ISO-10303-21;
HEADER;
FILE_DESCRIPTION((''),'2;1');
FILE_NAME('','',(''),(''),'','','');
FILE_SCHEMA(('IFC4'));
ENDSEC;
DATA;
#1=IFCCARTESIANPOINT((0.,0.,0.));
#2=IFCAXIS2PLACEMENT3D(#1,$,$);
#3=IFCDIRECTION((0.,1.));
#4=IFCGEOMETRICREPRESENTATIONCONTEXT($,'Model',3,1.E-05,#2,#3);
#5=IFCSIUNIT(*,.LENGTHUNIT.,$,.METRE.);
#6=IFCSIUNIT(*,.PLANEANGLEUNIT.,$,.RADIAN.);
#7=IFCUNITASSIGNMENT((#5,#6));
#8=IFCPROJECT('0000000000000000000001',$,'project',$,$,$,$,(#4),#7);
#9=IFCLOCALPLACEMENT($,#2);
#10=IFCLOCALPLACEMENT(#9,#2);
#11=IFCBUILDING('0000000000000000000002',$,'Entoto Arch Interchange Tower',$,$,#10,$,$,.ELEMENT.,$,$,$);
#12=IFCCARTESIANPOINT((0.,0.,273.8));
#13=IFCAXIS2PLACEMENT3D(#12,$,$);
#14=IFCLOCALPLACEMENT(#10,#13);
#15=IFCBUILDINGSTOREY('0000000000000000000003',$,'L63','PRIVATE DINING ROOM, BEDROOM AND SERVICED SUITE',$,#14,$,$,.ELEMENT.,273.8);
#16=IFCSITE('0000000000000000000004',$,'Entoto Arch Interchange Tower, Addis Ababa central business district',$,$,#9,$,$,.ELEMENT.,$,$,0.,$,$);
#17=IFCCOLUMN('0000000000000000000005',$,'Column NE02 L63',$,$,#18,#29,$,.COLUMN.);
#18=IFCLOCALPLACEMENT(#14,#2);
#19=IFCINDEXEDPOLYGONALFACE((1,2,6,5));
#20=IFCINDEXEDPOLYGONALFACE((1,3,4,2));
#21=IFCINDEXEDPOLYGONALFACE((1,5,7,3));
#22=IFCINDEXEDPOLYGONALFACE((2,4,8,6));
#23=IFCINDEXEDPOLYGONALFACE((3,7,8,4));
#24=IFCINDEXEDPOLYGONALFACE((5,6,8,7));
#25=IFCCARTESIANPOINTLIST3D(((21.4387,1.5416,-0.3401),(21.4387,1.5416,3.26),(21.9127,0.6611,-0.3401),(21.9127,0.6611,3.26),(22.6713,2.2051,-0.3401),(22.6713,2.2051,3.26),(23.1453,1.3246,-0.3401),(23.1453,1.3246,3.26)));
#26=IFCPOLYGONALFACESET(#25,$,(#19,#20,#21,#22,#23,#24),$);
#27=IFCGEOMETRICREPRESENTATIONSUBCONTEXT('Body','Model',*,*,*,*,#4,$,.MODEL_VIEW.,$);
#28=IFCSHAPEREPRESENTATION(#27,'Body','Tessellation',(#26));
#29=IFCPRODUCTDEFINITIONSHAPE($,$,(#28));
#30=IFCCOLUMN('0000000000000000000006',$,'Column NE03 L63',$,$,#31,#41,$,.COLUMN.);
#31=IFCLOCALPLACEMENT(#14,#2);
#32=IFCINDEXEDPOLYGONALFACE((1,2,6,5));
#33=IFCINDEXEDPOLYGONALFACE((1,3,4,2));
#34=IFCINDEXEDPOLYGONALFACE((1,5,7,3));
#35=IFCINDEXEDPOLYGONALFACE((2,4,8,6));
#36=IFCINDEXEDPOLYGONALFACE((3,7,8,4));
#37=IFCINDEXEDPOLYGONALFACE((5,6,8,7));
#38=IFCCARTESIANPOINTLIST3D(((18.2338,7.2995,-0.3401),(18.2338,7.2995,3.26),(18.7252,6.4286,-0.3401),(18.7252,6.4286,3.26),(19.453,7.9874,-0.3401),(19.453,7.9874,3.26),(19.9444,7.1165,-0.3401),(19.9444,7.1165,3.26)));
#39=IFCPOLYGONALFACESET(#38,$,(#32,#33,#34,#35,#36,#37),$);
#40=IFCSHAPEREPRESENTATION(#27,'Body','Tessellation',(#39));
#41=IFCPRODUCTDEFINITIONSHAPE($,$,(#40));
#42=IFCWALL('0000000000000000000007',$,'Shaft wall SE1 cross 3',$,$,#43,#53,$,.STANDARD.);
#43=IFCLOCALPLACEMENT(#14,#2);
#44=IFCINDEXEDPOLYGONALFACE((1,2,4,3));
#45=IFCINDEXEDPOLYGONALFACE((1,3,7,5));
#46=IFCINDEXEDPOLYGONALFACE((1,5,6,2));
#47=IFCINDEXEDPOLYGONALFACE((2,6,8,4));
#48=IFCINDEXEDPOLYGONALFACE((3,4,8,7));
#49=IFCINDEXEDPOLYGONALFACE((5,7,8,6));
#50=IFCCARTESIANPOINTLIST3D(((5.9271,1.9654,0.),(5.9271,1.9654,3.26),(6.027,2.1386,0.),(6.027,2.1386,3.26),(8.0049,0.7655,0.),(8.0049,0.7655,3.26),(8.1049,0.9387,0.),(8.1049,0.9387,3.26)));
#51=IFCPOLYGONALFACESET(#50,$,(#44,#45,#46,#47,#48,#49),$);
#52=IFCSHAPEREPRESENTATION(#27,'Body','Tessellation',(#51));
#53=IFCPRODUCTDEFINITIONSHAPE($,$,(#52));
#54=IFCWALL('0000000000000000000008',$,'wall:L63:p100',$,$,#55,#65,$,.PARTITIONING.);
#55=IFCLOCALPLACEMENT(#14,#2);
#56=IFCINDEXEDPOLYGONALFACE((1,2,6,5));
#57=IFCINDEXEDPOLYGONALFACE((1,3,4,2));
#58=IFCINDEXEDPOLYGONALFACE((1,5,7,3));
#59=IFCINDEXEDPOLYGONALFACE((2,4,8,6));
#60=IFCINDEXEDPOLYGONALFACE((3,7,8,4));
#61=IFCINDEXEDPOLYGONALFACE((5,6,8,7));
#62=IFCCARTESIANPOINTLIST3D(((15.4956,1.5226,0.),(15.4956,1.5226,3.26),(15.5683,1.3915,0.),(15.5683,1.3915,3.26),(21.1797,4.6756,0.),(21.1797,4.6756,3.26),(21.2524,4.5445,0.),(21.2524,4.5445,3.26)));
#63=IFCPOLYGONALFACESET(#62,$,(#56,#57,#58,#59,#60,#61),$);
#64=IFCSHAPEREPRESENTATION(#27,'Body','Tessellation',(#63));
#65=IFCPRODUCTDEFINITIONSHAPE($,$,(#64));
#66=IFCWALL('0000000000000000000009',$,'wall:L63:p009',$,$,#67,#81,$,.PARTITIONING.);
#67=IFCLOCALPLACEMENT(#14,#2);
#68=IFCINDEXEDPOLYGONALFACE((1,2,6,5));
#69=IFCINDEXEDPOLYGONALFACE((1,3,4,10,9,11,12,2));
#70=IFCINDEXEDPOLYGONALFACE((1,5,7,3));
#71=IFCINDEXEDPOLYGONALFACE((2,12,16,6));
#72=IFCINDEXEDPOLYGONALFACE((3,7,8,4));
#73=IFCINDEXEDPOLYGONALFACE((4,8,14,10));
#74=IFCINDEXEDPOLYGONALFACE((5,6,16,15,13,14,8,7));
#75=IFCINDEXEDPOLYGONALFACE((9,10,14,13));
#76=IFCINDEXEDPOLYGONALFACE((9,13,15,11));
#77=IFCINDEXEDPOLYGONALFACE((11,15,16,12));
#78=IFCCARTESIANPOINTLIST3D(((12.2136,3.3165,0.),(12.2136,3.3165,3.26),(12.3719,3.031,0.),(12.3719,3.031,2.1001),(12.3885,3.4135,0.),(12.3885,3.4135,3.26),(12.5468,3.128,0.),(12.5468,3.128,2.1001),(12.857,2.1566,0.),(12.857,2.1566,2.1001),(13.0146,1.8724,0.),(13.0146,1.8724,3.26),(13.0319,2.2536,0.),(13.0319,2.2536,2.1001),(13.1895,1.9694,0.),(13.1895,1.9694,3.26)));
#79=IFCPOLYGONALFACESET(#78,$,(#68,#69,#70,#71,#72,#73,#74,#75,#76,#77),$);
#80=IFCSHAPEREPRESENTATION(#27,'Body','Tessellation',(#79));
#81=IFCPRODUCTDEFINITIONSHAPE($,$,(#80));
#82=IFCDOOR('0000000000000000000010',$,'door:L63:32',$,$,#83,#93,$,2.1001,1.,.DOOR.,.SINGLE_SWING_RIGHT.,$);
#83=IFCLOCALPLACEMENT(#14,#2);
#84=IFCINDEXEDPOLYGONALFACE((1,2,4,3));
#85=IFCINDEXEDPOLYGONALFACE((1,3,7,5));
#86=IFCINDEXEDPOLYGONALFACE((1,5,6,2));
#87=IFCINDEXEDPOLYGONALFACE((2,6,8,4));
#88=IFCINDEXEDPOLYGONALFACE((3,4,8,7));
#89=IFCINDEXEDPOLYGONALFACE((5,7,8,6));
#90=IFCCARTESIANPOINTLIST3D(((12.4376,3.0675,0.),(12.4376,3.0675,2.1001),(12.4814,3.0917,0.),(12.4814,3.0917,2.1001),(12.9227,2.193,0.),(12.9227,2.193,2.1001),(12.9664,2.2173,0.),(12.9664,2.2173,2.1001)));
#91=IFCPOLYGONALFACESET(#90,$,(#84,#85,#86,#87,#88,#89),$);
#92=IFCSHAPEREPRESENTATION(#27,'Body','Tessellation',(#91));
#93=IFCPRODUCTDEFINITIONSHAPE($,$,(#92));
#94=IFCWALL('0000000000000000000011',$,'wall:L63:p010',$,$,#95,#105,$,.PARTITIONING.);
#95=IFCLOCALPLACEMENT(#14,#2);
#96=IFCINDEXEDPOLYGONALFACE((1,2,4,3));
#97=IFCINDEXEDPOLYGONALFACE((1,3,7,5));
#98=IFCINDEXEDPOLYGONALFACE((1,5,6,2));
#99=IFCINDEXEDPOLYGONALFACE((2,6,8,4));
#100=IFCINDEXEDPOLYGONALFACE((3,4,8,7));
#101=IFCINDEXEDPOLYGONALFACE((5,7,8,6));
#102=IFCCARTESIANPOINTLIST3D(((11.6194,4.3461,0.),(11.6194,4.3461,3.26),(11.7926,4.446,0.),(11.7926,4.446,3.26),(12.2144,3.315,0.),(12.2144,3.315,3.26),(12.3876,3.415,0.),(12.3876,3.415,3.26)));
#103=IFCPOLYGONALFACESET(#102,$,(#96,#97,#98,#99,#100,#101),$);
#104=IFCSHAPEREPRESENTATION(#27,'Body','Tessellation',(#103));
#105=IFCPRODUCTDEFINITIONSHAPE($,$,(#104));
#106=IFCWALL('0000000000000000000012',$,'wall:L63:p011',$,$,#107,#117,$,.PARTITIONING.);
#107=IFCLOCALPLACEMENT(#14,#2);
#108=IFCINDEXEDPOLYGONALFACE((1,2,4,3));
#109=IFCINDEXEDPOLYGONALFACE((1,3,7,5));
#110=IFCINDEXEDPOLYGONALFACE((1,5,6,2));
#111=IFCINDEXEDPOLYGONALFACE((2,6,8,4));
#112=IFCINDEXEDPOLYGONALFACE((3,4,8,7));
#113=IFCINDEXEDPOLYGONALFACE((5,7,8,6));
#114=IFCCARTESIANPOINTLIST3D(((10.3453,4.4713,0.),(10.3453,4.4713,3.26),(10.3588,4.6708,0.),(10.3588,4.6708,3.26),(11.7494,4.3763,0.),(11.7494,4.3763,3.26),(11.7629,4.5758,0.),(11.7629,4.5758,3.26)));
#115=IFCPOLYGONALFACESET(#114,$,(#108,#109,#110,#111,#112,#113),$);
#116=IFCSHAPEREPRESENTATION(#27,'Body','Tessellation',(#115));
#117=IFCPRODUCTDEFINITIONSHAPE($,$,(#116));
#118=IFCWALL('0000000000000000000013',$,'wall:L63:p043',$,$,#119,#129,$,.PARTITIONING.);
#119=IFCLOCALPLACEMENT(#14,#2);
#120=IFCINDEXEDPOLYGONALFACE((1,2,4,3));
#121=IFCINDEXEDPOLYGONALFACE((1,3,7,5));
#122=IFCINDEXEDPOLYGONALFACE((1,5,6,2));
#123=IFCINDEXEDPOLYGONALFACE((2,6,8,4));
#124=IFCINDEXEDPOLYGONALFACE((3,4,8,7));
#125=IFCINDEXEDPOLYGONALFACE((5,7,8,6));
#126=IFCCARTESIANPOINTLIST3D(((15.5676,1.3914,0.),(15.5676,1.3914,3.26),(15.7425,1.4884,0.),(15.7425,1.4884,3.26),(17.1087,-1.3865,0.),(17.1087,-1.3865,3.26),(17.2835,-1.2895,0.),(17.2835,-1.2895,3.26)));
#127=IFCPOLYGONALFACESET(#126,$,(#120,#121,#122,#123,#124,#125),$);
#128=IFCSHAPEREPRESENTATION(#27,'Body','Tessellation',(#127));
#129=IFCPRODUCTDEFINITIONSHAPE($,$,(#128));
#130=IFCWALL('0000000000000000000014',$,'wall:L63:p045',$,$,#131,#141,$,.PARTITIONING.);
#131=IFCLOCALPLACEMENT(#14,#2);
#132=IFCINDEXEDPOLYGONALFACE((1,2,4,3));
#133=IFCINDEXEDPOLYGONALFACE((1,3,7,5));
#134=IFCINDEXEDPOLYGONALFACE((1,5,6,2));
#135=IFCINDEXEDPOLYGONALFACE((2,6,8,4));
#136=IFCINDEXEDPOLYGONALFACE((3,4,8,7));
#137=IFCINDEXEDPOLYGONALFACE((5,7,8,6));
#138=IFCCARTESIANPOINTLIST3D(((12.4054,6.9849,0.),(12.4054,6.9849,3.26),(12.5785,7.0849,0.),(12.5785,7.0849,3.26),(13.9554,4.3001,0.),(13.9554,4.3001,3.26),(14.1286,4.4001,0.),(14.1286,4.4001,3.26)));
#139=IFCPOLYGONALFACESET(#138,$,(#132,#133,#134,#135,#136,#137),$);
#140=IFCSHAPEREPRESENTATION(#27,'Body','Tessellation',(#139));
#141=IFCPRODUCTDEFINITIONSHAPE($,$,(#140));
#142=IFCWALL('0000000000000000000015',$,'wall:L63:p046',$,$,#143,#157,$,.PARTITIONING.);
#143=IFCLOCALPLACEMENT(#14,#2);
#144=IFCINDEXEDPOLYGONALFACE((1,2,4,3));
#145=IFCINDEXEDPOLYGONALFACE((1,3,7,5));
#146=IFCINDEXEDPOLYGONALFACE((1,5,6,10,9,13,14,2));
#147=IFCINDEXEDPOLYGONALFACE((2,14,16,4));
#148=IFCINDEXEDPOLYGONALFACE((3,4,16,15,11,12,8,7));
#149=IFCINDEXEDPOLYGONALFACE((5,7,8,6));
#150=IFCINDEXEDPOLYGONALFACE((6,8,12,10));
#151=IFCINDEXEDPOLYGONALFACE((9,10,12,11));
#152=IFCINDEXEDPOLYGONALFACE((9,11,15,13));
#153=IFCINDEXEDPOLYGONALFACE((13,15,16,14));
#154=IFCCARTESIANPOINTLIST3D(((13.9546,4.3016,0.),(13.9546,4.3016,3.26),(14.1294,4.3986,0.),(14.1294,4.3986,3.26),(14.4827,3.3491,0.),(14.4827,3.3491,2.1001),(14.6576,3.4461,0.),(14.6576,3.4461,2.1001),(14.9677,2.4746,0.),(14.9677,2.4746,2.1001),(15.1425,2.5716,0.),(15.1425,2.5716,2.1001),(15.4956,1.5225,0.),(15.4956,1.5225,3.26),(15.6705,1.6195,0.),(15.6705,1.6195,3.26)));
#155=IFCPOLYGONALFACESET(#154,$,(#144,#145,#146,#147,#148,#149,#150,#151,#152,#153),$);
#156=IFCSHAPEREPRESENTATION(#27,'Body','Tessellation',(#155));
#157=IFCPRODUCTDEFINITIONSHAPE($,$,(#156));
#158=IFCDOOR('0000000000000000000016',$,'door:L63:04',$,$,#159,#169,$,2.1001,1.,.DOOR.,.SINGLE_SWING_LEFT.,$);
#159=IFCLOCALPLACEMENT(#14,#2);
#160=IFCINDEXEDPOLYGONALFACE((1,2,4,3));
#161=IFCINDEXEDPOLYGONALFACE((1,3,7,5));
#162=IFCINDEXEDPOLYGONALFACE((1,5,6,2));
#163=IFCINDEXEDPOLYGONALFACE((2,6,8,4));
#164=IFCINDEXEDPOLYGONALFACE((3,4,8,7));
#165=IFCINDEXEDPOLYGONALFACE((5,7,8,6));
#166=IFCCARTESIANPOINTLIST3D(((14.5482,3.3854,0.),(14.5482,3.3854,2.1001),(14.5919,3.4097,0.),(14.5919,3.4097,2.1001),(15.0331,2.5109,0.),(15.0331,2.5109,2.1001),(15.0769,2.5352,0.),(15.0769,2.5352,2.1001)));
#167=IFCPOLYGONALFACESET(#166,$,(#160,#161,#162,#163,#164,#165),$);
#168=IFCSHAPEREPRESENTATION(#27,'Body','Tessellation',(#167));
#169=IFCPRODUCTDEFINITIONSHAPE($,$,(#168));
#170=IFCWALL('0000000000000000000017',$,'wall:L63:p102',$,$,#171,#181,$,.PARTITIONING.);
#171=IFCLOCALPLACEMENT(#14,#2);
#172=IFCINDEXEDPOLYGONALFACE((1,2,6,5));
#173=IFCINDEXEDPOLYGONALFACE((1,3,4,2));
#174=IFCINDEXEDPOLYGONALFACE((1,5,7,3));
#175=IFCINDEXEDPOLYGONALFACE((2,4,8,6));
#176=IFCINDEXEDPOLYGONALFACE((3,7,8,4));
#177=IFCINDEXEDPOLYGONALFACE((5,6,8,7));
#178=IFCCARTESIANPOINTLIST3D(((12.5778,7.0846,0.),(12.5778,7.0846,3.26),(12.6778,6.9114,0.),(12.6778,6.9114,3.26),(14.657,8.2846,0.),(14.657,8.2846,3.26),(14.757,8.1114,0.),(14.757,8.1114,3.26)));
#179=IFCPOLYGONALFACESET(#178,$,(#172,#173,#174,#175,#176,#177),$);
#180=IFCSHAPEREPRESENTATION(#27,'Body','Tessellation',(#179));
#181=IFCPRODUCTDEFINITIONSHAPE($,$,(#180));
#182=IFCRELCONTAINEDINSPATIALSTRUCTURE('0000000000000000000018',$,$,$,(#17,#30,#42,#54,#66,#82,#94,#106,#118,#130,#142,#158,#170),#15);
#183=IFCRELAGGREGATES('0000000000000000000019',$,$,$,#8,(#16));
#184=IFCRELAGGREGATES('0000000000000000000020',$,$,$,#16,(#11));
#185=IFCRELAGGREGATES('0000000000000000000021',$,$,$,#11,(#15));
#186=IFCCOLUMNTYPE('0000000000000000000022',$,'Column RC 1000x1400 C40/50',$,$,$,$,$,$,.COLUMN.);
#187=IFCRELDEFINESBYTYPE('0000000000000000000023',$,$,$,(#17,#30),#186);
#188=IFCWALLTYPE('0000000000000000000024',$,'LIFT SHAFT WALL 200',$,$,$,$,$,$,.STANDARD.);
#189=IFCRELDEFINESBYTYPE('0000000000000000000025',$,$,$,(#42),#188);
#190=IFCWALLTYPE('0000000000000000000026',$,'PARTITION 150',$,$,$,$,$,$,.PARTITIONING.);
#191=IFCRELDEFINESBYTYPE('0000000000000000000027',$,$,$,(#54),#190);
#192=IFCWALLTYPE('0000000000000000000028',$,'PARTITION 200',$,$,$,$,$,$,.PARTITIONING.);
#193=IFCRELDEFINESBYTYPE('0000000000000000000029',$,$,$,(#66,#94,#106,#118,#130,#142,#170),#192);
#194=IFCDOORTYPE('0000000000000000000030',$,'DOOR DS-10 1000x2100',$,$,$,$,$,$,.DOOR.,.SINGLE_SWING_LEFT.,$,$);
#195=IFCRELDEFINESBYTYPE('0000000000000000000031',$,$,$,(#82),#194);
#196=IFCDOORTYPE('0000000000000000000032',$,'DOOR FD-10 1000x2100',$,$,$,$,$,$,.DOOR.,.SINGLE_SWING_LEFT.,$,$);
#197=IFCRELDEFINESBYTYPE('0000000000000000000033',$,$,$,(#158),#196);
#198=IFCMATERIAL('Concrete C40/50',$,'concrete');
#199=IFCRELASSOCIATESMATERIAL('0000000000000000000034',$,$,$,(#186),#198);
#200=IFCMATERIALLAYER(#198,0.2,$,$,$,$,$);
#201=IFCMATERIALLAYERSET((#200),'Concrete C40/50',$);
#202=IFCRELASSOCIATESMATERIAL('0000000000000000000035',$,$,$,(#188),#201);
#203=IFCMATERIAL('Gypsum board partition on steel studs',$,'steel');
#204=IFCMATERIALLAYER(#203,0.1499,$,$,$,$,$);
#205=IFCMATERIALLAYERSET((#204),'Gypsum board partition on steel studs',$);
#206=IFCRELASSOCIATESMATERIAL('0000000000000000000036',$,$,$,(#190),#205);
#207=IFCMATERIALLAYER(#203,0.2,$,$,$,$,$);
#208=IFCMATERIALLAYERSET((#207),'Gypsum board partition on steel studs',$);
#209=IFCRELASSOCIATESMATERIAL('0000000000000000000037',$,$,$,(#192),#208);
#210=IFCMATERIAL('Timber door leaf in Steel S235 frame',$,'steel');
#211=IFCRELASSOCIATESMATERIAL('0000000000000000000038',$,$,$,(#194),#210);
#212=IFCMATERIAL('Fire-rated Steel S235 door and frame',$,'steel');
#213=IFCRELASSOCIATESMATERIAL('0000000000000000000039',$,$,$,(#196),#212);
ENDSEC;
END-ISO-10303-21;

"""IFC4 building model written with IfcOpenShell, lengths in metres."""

from ifc_helpers import new_model, si_unit, direction, frame, frame_2d, origin, origin_2d, place, context, subcontext, project, spatial, rectangle, extrude, material, layer, layer_set, material_profile, profile_set, type_object, element, fill, save


model = new_model("IFC4")

# Units and contexts
model_context = context("Model", 3, precision=1e-05, world=origin(), true_north=direction((0.0, 1.0)))
body_context = subcontext(model_context, "Body", "Model", "MODEL_VIEW")
ifc_project = project(units=[si_unit("LENGTHUNIT", "METRE"), si_unit("PLANEANGLEUNIT", "RADIAN")], contexts=[model_context])

# Site, building, storey
site_placement = place(None, origin())
site = spatial("IfcSite", under=ifc_project, at=site_placement, Name="Entoto Arch Interchange Tower, Addis Ababa central business district", CompositionType="ELEMENT", RefElevation=0.0)
building_placement = place(site_placement, origin())
building = spatial("IfcBuilding", under=site, at=building_placement, Name="Entoto Arch Interchange Tower", CompositionType="ELEMENT")
storey_placement = place(building_placement, frame((0.0, 0.0, 273.8)))
storey = spatial("IfcBuildingStorey", under=building, at=storey_placement, Name="L63", Description="PRIVATE DINING ROOM, BEDROOM AND SERVICED SUITE", CompositionType="ELEMENT", Elevation=273.8)

# Columns
ifc_material_1 = material(Name="Concrete C40/50", Category="concrete")
ifc_material_profile = material_profile(ifc_material_1, rectangle(XDim=1.0, YDim=1.3999, at=origin_2d()))
ifc_profile_set = profile_set([ifc_material_profile], Name="Concrete C40/50")
column_type = type_object("IfcColumnType", Name="Column RC 1000x1400 C40/50", PredefinedType="COLUMN", material=ifc_profile_set)
for number, where, z_axis, x_axis, name in (
    (1, (22.292, 1.4331, -0.3401), (0.0, 0.0, 1.0), (-0.473981, 0.880535, 0.0), "Column NE02 L63"),
    (2, (19.0891, 7.208, -0.3401), (0.0, 0.0, 1.0), (-0.491375, 0.870948, 0.0), "Column NE03 L63"),
):
    element("IfcColumn", number, at=place(storey_placement, frame(where, z_axis=z_axis, x_axis=x_axis)), inside=storey, type_object=column_type, Name=name, PredefinedType="COLUMN", context=body_context, shape_type="SweptSolid", body=[
        extrude(rectangle(XDim=1.0, YDim=1.3999, at=origin_2d()), origin(), (0.0, 0.0, 1.0), 3.6001),
    ])

# Walls
ifc_layer_1 = layer(ifc_material_1, 0.2)
ifc_layer_set_1 = layer_set([ifc_layer_1], Name="Concrete C40/50")
wall_type_1 = type_object("IfcWallType", Name="LIFT SHAFT WALL 200", PredefinedType="STANDARD", material=ifc_layer_set_1)
wall_1_placement = place(storey_placement, frame((5.9771, 2.052, 0.0), z_axis=(0.0, 0.0, 1.0), x_axis=(0.865974, -0.500089, 0.0)))
element("IfcWall", 3, at=wall_1_placement, inside=storey, type_object=wall_type_1, Name="Shaft wall SE1 cross 3", PredefinedType="STANDARD", context=body_context, shape_type="SweptSolid", body=[
    extrude(rectangle(XDim=2.3994, YDim=0.2, at=frame_2d((1.1997, 0.0))), origin(), (0.0, 0.0, 1.0), 3.26),
])
ifc_material_2 = material(Name="Gypsum board partition on steel studs", Category="steel")
ifc_layer_2 = layer(ifc_material_2, 0.1499)
ifc_layer_set_2 = layer_set([ifc_layer_2], Name="Gypsum board partition on steel studs")
wall_type_2 = type_object("IfcWallType", Name="PARTITION 150", PredefinedType="PARTITIONING", material=ifc_layer_set_2)
wall_2_placement = place(storey_placement, frame((15.532, 1.457, 0.0), z_axis=(0.0, 0.0, 1.0), x_axis=(0.874467, 0.485085, 0.0)))
element("IfcWall", 4, at=wall_2_placement, inside=storey, type_object=wall_type_2, Name="wall:L63:p100", PredefinedType="PARTITIONING", context=body_context, shape_type="SweptSolid", body=[
    extrude(rectangle(XDim=6.5, YDim=0.1499, at=frame_2d((3.25, 0.0))), origin(), (0.0, 0.0, 1.0), 3.26),
])

# Wall, opening, door
ifc_layer_3 = layer(ifc_material_2, 0.2)
ifc_layer_set_3 = layer_set([ifc_layer_3], Name="Gypsum board partition on steel studs")
wall_type_3 = type_object("IfcWallType", Name="PARTITION 200", PredefinedType="PARTITIONING", material=ifc_layer_set_3)
wall_3_placement = place(storey_placement, frame((13.1021, 1.9209, 0.0), z_axis=(0.0, 0.0, 1.0), x_axis=(-0.485065, 0.874478, 0.0)))
wall_3 = element("IfcWall", 5, at=wall_3_placement, inside=storey, type_object=wall_type_3, Name="wall:L63:p009", PredefinedType="PARTITIONING", context=body_context, shape_type="SweptSolid", body=[
    extrude(rectangle(XDim=1.6514, YDim=0.2, at=frame_2d((0.8257, 0.0))), origin(), (0.0, 0.0, 1.0), 3.26),
])
opening_1_placement = place(wall_3_placement, frame((0.325, 0.0, 0.0)))
opening_1 = element("IfcOpeningElement", 6, at=opening_1_placement, cuts=wall_3, PredefinedType="OPENING", context=body_context, shape_type="SweptSolid", body=[
    extrude(rectangle(XDim=1.0, YDim=2.1001, at=frame_2d((0.5, 1.05))), frame((0.0, 0.1099, 0.0), z_axis=(0.0, -1.0, 0.0), x_axis=(1.0, 0.0, 0.0)), (0.0, 0.0, 1.0), 0.22),
])
ifc_material_3 = material(Name="Timber door leaf in Steel S235 frame", Category="steel")
door_type_1 = type_object("IfcDoorType", Name="DOOR DS-10 1000x2100", OperationType="SINGLE_SWING_LEFT", PredefinedType="DOOR", material=ifc_material_3)
door_1_placement = place(opening_1_placement, origin())
door_1 = element("IfcDoor", 7, at=door_1_placement, inside=storey, type_object=door_type_1, Name="door:L63:32", OperationType="SINGLE_SWING_RIGHT", OverallHeight=2.1001, OverallWidth=1.0, PredefinedType="DOOR", context=body_context, shape_type="SweptSolid", body=[
    extrude(rectangle(XDim=1.0, YDim=2.1001, at=frame_2d((0.5, 1.05))), frame((0.0, 0.0249, 0.0), z_axis=(0.0, -1.0, 0.0), x_axis=(1.0, 0.0, 0.0)), (0.0, 0.0, 1.0), 0.05),
])
fill(opening_1, door_1)

# Walls
wall_4_placement = place(storey_placement, frame((12.301, 3.365, 0.0), z_axis=(0.0, 0.0, 1.0), x_axis=(-0.499823, 0.866128, 0.0)))
element("IfcWall", 8, at=wall_4_placement, inside=storey, type_object=wall_type_3, Name="wall:L63:p010", PredefinedType="PARTITIONING", context=body_context, shape_type="SweptSolid", body=[
    extrude(rectangle(XDim=1.1904, YDim=0.2, at=frame_2d((0.5952, 0.0))), origin(), (0.0, 0.0, 1.0), 3.26),
])
wall_5_placement = place(storey_placement, frame((11.7561, 4.4761, 0.0), z_axis=(0.0, 0.0, 1.0), x_axis=(-0.99772, 0.067486, 0.0)))
element("IfcWall", 9, at=wall_5_placement, inside=storey, type_object=wall_type_3, Name="wall:L63:p011", PredefinedType="PARTITIONING", context=body_context, shape_type="SweptSolid", body=[
    extrude(rectangle(XDim=1.4072, YDim=0.2, at=frame_2d((0.7036, 0.0))), origin(), (0.0, 0.0, 1.0), 3.26),
])
wall_6_placement = place(storey_placement, frame((15.655, 1.4399, 0.0), z_axis=(0.0, 0.0, 1.0), x_axis=(0.485108, -0.874454, 0.0)))
element("IfcWall", 10, at=wall_6_placement, inside=storey, type_object=wall_type_3, Name="wall:L63:p043", PredefinedType="PARTITIONING", context=body_context, shape_type="SweptSolid", body=[
    extrude(rectangle(XDim=3.1768, YDim=0.2, at=frame_2d((1.5884, 0.0))), origin(), (0.0, 0.0, 1.0), 3.26),
])
wall_7_placement = place(storey_placement, frame((12.4919, 7.0349, 0.0), z_axis=(0.0, 0.0, 1.0), x_axis=(0.499993, -0.86603, 0.0)))
element("IfcWall", 11, at=wall_7_placement, inside=storey, type_object=wall_type_3, Name="wall:L63:p045", PredefinedType="PARTITIONING", context=body_context, shape_type="SweptSolid", body=[
    extrude(rectangle(XDim=3.1001, YDim=0.2, at=frame_2d((1.55, 0.0))), origin(), (0.0, 0.0, 1.0), 3.26),
])

# Wall, opening, door
wall_8_placement = place(storey_placement, frame((14.042, 4.3501, 0.0), z_axis=(0.0, 0.0, 1.0), x_axis=(0.484945, -0.874545, 0.0)))
wall_8 = element("IfcWall", 12, at=wall_8_placement, inside=storey, type_object=wall_type_3, Name="wall:L63:p046", PredefinedType="PARTITIONING", context=body_context, shape_type="SweptSolid", body=[
    extrude(rectangle(XDim=3.1777, YDim=0.2, at=frame_2d((1.5889, 0.0))), origin(), (0.0, 0.0, 1.0), 3.26),
])
opening_2_placement = place(wall_8_placement, frame((1.0891, 0.0, 0.0)))
opening_2 = element("IfcOpeningElement", 13, at=opening_2_placement, cuts=wall_8, PredefinedType="OPENING", context=body_context, shape_type="SweptSolid", body=[
    extrude(rectangle(XDim=1.0, YDim=2.1001, at=frame_2d((0.5, 1.05))), frame((0.0, 0.1099, 0.0), z_axis=(0.0, -1.0, 0.0), x_axis=(1.0, 0.0, 0.0)), (0.0, 0.0, 1.0), 0.22),
])
ifc_material_4 = material(Name="Fire-rated Steel S235 door and frame", Category="steel")
door_type_2 = type_object("IfcDoorType", Name="DOOR FD-10 1000x2100", OperationType="SINGLE_SWING_LEFT", PredefinedType="DOOR", material=ifc_material_4)
door_2_placement = place(opening_2_placement, origin())
door_2 = element("IfcDoor", 14, at=door_2_placement, inside=storey, type_object=door_type_2, Name="door:L63:04", OperationType="SINGLE_SWING_LEFT", OverallHeight=2.1001, OverallWidth=1.0, PredefinedType="DOOR", context=body_context, shape_type="SweptSolid", body=[
    extrude(rectangle(XDim=1.0, YDim=2.1001, at=frame_2d((0.5, 1.05))), frame((0.0, 0.0249, 0.0), z_axis=(0.0, -1.0, 0.0), x_axis=(1.0, 0.0, 0.0)), (0.0, 0.0, 1.0), 0.05),
])
fill(opening_2, door_2)

# Wall
wall_9_placement = place(storey_placement, frame((12.6279, 6.998, 0.0), z_axis=(0.0, 0.0, 1.0), x_axis=(0.866101, 0.499869, 0.0)))
element("IfcWall", 15, at=wall_9_placement, inside=storey, type_object=wall_type_3, Name="wall:L63:p102", PredefinedType="PARTITIONING", context=body_context, shape_type="SweptSolid", body=[
    extrude(rectangle(XDim=2.4006, YDim=0.2, at=frame_2d((1.2002, 0.0))), origin(), (0.0, 0.0, 1.0), 3.26),
])

save(model, "model.ifc")
